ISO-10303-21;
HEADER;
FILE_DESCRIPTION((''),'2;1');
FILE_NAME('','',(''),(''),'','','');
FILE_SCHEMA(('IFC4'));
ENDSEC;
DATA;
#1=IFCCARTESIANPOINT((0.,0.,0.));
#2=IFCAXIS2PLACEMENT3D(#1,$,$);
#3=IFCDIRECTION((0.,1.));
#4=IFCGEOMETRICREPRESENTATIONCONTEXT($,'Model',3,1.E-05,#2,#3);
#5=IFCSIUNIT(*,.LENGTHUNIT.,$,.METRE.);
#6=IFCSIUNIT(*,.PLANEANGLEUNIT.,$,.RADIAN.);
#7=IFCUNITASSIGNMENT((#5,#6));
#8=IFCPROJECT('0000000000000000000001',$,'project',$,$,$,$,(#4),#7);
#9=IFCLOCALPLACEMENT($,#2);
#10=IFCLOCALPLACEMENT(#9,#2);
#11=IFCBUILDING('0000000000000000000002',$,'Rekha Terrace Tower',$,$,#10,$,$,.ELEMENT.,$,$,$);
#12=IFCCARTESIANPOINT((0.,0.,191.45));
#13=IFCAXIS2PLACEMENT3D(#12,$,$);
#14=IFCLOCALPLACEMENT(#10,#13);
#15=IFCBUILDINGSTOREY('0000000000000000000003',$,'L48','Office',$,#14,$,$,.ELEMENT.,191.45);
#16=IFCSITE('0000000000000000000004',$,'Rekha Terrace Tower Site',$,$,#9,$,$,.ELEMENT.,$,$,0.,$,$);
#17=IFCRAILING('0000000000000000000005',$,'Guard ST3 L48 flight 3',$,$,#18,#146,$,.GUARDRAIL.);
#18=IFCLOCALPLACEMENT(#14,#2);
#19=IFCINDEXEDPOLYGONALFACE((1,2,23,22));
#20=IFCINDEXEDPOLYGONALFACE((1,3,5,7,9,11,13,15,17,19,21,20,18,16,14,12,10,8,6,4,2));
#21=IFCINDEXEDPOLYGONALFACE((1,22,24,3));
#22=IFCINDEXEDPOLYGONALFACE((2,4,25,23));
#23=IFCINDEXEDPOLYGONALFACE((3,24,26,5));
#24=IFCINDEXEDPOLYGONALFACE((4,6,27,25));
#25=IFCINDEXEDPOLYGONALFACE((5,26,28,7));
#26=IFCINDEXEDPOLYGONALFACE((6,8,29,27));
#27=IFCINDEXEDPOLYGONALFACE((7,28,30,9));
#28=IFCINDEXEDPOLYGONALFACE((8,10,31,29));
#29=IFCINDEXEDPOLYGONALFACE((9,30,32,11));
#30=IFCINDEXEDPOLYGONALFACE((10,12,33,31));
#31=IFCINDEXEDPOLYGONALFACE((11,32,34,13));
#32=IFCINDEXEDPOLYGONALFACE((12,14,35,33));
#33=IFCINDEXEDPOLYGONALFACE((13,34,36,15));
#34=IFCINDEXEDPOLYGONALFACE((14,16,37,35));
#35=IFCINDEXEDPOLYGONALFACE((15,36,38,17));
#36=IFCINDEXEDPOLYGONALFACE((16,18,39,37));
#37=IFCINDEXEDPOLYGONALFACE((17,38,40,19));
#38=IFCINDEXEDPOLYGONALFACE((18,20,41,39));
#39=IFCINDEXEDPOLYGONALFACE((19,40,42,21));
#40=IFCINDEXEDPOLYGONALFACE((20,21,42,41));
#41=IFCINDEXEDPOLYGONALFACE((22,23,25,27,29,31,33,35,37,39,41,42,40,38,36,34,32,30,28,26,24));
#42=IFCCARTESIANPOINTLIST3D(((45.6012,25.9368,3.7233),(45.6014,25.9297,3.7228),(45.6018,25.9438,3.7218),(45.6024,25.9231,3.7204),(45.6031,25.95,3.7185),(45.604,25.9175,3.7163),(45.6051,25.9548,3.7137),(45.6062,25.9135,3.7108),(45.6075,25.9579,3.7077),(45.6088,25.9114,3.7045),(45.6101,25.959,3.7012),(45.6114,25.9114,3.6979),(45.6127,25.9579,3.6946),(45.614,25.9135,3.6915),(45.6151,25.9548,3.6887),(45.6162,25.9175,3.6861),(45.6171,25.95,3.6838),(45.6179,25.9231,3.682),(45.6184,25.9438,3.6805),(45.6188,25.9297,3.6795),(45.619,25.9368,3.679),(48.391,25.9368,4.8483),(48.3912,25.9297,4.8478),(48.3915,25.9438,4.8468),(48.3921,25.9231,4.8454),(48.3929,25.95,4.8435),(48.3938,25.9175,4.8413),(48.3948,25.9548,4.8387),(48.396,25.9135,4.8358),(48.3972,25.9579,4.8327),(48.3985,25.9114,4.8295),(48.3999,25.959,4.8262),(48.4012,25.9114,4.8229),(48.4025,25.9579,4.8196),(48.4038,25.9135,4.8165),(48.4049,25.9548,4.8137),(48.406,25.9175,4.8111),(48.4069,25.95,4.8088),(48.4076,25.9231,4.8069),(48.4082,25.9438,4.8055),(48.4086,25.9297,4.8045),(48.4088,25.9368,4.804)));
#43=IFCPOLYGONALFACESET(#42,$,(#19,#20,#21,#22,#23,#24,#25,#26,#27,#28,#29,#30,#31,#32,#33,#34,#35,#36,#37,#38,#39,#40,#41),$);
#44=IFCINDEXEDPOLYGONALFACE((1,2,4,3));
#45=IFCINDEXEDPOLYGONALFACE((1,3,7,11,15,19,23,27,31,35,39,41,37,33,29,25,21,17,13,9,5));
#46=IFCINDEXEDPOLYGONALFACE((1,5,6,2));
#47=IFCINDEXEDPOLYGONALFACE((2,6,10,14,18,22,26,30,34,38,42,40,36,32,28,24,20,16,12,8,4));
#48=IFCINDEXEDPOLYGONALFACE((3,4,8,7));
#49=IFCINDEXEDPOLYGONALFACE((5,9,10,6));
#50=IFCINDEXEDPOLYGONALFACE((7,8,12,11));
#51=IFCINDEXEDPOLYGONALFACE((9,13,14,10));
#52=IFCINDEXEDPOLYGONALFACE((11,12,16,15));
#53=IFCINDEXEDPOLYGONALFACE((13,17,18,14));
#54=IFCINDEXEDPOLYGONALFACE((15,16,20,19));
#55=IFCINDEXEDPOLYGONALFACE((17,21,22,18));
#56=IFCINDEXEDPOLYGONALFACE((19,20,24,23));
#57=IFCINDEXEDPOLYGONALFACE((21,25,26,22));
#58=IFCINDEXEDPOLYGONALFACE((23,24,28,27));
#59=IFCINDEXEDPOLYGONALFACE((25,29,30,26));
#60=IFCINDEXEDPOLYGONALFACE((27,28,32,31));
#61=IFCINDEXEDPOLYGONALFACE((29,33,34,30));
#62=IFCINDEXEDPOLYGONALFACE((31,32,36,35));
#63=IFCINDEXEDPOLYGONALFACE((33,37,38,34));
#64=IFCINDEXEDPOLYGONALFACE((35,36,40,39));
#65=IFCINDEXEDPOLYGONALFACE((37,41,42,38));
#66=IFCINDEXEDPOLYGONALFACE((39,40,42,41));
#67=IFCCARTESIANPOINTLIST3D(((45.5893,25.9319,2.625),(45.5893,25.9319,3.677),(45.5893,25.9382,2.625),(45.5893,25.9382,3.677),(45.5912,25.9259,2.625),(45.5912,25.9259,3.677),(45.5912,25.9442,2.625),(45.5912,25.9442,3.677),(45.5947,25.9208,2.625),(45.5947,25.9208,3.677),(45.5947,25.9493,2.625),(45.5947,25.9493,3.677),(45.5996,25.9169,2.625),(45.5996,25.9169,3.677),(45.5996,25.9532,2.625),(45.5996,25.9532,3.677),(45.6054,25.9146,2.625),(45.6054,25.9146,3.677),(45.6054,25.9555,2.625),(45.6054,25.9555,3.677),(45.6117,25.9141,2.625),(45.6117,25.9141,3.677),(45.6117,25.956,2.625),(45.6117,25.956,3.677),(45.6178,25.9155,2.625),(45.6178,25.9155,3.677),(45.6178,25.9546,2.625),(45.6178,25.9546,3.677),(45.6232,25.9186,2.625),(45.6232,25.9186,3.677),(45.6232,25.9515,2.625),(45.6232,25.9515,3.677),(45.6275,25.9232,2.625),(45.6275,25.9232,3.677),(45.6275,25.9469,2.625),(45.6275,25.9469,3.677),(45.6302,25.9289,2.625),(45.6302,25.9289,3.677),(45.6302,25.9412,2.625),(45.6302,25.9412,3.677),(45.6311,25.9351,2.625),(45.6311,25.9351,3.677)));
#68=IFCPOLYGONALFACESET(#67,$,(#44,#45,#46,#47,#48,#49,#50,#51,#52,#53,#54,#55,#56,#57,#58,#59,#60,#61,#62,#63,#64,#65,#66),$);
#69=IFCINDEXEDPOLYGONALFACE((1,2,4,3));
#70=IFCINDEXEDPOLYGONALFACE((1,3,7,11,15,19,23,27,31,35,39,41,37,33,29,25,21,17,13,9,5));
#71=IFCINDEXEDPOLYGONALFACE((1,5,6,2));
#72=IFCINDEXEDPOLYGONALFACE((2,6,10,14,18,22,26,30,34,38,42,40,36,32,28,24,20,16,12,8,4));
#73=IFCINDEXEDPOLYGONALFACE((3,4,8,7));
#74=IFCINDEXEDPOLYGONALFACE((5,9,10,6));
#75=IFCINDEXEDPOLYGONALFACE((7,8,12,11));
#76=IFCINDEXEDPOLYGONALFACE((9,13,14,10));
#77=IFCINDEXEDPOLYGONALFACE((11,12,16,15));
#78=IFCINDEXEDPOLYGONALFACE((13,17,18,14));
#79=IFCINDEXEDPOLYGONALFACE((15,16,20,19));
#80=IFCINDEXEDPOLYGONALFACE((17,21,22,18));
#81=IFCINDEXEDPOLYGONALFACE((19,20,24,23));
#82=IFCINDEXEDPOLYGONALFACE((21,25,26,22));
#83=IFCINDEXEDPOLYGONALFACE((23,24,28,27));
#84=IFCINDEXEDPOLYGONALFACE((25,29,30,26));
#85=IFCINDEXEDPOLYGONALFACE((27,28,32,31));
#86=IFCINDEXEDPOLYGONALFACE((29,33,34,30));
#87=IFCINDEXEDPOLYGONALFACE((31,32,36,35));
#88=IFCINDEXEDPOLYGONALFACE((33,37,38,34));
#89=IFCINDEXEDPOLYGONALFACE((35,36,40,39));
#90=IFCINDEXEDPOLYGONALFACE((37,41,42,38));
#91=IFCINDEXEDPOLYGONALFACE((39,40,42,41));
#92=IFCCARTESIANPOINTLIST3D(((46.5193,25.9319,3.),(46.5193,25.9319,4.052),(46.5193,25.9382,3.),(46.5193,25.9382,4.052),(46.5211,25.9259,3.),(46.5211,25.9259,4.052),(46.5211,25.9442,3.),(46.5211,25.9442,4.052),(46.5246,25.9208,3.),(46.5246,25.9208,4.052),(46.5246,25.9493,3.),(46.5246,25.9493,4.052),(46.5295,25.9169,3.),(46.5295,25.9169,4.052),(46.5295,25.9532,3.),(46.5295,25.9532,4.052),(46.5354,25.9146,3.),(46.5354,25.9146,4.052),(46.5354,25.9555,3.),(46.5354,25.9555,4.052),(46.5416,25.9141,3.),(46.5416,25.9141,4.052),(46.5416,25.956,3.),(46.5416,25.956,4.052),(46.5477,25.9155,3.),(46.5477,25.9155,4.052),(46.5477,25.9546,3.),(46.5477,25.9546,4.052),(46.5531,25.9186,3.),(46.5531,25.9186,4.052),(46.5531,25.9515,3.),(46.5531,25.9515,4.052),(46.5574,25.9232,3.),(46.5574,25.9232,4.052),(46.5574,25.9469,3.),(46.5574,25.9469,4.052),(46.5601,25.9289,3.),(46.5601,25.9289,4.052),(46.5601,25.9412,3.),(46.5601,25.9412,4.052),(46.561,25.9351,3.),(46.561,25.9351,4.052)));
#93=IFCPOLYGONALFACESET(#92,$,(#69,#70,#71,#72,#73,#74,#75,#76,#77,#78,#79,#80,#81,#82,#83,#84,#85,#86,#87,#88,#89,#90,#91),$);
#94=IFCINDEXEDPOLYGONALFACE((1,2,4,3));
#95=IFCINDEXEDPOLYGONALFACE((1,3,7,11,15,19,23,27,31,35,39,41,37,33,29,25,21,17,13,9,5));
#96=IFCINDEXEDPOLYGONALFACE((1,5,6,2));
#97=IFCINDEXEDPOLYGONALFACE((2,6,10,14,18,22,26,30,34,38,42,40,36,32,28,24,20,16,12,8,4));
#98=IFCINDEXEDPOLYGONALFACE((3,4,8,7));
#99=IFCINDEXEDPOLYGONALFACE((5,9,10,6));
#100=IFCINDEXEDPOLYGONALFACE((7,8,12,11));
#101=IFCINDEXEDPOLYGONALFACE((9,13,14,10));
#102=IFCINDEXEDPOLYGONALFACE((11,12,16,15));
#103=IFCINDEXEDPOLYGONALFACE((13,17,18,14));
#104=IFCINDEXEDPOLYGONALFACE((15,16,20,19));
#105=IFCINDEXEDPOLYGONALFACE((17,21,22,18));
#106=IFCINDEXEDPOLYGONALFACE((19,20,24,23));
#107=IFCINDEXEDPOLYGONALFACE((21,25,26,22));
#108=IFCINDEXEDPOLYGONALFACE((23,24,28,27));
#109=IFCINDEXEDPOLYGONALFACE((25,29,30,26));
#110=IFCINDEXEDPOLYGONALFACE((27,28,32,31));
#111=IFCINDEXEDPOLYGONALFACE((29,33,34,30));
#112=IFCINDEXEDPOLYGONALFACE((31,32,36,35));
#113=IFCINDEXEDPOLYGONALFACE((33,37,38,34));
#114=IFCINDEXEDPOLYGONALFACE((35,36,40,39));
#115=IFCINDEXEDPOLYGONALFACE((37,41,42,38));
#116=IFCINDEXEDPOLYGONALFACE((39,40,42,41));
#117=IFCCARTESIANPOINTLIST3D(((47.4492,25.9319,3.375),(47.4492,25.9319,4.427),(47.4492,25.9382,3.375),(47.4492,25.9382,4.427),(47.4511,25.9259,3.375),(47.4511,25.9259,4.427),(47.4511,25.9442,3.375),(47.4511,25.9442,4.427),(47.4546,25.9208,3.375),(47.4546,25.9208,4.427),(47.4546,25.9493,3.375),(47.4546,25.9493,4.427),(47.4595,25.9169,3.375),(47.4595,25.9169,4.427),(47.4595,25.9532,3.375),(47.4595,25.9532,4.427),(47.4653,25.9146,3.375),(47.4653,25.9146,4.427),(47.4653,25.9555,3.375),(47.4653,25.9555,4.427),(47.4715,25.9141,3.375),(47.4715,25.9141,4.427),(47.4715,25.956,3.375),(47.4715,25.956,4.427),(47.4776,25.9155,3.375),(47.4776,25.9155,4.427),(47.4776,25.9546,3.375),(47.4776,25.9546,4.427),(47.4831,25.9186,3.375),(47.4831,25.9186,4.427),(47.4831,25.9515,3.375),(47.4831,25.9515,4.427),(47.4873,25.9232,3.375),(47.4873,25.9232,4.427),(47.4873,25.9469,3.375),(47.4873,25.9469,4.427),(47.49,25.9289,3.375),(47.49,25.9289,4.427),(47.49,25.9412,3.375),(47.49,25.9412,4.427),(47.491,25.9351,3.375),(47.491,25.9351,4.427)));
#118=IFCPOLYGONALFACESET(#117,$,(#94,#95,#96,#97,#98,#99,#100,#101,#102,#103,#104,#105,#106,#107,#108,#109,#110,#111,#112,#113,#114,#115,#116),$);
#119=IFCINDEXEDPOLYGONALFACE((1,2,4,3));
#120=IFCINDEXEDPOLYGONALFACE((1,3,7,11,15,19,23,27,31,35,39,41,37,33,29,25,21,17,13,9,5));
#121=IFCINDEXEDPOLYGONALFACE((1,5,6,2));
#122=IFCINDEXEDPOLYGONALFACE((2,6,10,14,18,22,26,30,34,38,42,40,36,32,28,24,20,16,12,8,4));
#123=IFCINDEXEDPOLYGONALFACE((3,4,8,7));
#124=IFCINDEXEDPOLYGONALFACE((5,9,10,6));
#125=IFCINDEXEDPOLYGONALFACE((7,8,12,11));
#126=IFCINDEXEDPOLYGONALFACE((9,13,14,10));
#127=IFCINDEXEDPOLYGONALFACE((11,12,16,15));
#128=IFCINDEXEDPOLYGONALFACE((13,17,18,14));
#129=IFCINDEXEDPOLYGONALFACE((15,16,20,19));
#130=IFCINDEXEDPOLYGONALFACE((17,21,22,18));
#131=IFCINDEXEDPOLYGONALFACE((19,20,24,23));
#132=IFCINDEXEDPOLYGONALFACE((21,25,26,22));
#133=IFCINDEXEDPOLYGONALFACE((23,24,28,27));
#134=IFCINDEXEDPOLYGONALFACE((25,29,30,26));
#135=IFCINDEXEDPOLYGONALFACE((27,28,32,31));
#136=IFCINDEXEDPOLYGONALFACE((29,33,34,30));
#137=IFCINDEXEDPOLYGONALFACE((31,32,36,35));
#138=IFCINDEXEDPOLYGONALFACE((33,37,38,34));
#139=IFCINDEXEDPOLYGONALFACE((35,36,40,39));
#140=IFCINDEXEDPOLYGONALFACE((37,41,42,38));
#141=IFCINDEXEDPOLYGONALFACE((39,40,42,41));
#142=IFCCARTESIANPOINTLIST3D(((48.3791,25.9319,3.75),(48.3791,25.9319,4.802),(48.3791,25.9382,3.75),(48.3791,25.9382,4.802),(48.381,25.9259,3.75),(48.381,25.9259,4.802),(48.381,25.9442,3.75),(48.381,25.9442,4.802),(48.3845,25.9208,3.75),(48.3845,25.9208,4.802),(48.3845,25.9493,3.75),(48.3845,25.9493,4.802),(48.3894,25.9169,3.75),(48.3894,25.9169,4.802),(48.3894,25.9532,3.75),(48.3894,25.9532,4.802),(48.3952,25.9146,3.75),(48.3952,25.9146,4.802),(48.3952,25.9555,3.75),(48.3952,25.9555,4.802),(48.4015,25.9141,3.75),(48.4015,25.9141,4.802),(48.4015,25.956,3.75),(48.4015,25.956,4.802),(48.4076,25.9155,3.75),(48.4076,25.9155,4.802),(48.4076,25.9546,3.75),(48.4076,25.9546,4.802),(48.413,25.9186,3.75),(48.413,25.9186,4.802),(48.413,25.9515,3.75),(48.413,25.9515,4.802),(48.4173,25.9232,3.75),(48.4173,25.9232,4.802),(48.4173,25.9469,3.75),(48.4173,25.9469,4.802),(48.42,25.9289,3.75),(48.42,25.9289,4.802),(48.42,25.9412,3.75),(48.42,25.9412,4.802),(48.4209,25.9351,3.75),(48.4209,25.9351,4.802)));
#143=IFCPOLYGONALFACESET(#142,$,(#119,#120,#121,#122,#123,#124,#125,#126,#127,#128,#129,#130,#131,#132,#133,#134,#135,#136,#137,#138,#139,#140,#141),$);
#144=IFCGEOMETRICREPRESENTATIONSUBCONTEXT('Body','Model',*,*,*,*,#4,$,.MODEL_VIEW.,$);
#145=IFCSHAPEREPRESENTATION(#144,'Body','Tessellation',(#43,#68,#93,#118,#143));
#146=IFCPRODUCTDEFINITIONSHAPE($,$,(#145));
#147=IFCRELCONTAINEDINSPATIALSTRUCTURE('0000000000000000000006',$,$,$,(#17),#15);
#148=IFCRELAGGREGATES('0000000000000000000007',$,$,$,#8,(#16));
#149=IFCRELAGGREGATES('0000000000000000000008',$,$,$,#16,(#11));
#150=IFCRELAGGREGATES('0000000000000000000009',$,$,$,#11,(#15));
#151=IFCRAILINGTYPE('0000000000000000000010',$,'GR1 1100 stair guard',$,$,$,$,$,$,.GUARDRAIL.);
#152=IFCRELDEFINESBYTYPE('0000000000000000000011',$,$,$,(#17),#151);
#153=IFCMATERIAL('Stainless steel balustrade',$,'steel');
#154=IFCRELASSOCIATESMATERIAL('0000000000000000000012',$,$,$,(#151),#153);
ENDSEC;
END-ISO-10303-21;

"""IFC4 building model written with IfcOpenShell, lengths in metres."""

from ifc_helpers import new_model, si_unit, direction, frame, origin, origin_2d, place, context, subcontext, project, spatial, circle, extrude, material, type_object, element, save


model = new_model("IFC4")

# Units and contexts
model_context = context("Model", 3, precision=1e-05, world=origin(), true_north=direction((0.0, 1.0)))
body_context = subcontext(model_context, "Body", "Model", "MODEL_VIEW")
ifc_project = project(units=[si_unit("LENGTHUNIT", "METRE"), si_unit("PLANEANGLEUNIT", "RADIAN")], contexts=[model_context])

# Site, building, storey
site_placement = place(None, origin())
site = spatial("IfcSite", under=ifc_project, at=site_placement, Name="Rekha Terrace Tower Site", CompositionType="ELEMENT", RefElevation=0.0)
building_placement = place(site_placement, origin())
building = spatial("IfcBuilding", under=site, at=building_placement, Name="Rekha Terrace Tower", CompositionType="ELEMENT")
storey_placement = place(building_placement, frame((0.0, 0.0, 191.45)))
storey = spatial("IfcBuildingStorey", under=building, at=storey_placement, Name="L48", Description="Office", CompositionType="ELEMENT", Elevation=191.45)

# Railing
ifc_material_1 = material(Name="Stainless steel balustrade", Category="steel")
railing_type_1 = type_object("IfcRailingType", Name="GR1 1100 stair guard", PredefinedType="GUARDRAIL", material=ifc_material_1)
railing_1_placement = place(storey_placement, frame((45.6101, 25.9351, 2.625)))
element("IfcRailing", 1, at=railing_1_placement, inside=storey, type_object=railing_type_1, Name="Guard ST3 L48 flight 3", PredefinedType="GUARDRAIL", context=body_context, shape_type="SweptSolid", body=[
    extrude(circle(Radius=0.0239, at=origin_2d()), frame((0.0, 0.0, 1.0762), z_axis=(0.927432, 0.0, 0.373992), x_axis=(0.0, 1.0, 0.0)), (0.0, 0.0, 1.0), 3.0081),
    extrude(circle(Radius=0.021, at=origin_2d()), origin(), (0.0, 0.0, 1.0), 1.052),
    extrude(circle(Radius=0.021, at=origin_2d()), frame((0.9299, 0.0, 0.375)), (0.0, 0.0, 1.0), 1.052),
    extrude(circle(Radius=0.021, at=origin_2d()), frame((1.8599, 0.0, 0.75)), (0.0, 0.0, 1.0), 1.052),
    extrude(circle(Radius=0.021, at=origin_2d()), frame((2.7898, 0.0, 1.125)), (0.0, 0.0, 1.0), 1.052),
])

save(model, "model.ifc")
